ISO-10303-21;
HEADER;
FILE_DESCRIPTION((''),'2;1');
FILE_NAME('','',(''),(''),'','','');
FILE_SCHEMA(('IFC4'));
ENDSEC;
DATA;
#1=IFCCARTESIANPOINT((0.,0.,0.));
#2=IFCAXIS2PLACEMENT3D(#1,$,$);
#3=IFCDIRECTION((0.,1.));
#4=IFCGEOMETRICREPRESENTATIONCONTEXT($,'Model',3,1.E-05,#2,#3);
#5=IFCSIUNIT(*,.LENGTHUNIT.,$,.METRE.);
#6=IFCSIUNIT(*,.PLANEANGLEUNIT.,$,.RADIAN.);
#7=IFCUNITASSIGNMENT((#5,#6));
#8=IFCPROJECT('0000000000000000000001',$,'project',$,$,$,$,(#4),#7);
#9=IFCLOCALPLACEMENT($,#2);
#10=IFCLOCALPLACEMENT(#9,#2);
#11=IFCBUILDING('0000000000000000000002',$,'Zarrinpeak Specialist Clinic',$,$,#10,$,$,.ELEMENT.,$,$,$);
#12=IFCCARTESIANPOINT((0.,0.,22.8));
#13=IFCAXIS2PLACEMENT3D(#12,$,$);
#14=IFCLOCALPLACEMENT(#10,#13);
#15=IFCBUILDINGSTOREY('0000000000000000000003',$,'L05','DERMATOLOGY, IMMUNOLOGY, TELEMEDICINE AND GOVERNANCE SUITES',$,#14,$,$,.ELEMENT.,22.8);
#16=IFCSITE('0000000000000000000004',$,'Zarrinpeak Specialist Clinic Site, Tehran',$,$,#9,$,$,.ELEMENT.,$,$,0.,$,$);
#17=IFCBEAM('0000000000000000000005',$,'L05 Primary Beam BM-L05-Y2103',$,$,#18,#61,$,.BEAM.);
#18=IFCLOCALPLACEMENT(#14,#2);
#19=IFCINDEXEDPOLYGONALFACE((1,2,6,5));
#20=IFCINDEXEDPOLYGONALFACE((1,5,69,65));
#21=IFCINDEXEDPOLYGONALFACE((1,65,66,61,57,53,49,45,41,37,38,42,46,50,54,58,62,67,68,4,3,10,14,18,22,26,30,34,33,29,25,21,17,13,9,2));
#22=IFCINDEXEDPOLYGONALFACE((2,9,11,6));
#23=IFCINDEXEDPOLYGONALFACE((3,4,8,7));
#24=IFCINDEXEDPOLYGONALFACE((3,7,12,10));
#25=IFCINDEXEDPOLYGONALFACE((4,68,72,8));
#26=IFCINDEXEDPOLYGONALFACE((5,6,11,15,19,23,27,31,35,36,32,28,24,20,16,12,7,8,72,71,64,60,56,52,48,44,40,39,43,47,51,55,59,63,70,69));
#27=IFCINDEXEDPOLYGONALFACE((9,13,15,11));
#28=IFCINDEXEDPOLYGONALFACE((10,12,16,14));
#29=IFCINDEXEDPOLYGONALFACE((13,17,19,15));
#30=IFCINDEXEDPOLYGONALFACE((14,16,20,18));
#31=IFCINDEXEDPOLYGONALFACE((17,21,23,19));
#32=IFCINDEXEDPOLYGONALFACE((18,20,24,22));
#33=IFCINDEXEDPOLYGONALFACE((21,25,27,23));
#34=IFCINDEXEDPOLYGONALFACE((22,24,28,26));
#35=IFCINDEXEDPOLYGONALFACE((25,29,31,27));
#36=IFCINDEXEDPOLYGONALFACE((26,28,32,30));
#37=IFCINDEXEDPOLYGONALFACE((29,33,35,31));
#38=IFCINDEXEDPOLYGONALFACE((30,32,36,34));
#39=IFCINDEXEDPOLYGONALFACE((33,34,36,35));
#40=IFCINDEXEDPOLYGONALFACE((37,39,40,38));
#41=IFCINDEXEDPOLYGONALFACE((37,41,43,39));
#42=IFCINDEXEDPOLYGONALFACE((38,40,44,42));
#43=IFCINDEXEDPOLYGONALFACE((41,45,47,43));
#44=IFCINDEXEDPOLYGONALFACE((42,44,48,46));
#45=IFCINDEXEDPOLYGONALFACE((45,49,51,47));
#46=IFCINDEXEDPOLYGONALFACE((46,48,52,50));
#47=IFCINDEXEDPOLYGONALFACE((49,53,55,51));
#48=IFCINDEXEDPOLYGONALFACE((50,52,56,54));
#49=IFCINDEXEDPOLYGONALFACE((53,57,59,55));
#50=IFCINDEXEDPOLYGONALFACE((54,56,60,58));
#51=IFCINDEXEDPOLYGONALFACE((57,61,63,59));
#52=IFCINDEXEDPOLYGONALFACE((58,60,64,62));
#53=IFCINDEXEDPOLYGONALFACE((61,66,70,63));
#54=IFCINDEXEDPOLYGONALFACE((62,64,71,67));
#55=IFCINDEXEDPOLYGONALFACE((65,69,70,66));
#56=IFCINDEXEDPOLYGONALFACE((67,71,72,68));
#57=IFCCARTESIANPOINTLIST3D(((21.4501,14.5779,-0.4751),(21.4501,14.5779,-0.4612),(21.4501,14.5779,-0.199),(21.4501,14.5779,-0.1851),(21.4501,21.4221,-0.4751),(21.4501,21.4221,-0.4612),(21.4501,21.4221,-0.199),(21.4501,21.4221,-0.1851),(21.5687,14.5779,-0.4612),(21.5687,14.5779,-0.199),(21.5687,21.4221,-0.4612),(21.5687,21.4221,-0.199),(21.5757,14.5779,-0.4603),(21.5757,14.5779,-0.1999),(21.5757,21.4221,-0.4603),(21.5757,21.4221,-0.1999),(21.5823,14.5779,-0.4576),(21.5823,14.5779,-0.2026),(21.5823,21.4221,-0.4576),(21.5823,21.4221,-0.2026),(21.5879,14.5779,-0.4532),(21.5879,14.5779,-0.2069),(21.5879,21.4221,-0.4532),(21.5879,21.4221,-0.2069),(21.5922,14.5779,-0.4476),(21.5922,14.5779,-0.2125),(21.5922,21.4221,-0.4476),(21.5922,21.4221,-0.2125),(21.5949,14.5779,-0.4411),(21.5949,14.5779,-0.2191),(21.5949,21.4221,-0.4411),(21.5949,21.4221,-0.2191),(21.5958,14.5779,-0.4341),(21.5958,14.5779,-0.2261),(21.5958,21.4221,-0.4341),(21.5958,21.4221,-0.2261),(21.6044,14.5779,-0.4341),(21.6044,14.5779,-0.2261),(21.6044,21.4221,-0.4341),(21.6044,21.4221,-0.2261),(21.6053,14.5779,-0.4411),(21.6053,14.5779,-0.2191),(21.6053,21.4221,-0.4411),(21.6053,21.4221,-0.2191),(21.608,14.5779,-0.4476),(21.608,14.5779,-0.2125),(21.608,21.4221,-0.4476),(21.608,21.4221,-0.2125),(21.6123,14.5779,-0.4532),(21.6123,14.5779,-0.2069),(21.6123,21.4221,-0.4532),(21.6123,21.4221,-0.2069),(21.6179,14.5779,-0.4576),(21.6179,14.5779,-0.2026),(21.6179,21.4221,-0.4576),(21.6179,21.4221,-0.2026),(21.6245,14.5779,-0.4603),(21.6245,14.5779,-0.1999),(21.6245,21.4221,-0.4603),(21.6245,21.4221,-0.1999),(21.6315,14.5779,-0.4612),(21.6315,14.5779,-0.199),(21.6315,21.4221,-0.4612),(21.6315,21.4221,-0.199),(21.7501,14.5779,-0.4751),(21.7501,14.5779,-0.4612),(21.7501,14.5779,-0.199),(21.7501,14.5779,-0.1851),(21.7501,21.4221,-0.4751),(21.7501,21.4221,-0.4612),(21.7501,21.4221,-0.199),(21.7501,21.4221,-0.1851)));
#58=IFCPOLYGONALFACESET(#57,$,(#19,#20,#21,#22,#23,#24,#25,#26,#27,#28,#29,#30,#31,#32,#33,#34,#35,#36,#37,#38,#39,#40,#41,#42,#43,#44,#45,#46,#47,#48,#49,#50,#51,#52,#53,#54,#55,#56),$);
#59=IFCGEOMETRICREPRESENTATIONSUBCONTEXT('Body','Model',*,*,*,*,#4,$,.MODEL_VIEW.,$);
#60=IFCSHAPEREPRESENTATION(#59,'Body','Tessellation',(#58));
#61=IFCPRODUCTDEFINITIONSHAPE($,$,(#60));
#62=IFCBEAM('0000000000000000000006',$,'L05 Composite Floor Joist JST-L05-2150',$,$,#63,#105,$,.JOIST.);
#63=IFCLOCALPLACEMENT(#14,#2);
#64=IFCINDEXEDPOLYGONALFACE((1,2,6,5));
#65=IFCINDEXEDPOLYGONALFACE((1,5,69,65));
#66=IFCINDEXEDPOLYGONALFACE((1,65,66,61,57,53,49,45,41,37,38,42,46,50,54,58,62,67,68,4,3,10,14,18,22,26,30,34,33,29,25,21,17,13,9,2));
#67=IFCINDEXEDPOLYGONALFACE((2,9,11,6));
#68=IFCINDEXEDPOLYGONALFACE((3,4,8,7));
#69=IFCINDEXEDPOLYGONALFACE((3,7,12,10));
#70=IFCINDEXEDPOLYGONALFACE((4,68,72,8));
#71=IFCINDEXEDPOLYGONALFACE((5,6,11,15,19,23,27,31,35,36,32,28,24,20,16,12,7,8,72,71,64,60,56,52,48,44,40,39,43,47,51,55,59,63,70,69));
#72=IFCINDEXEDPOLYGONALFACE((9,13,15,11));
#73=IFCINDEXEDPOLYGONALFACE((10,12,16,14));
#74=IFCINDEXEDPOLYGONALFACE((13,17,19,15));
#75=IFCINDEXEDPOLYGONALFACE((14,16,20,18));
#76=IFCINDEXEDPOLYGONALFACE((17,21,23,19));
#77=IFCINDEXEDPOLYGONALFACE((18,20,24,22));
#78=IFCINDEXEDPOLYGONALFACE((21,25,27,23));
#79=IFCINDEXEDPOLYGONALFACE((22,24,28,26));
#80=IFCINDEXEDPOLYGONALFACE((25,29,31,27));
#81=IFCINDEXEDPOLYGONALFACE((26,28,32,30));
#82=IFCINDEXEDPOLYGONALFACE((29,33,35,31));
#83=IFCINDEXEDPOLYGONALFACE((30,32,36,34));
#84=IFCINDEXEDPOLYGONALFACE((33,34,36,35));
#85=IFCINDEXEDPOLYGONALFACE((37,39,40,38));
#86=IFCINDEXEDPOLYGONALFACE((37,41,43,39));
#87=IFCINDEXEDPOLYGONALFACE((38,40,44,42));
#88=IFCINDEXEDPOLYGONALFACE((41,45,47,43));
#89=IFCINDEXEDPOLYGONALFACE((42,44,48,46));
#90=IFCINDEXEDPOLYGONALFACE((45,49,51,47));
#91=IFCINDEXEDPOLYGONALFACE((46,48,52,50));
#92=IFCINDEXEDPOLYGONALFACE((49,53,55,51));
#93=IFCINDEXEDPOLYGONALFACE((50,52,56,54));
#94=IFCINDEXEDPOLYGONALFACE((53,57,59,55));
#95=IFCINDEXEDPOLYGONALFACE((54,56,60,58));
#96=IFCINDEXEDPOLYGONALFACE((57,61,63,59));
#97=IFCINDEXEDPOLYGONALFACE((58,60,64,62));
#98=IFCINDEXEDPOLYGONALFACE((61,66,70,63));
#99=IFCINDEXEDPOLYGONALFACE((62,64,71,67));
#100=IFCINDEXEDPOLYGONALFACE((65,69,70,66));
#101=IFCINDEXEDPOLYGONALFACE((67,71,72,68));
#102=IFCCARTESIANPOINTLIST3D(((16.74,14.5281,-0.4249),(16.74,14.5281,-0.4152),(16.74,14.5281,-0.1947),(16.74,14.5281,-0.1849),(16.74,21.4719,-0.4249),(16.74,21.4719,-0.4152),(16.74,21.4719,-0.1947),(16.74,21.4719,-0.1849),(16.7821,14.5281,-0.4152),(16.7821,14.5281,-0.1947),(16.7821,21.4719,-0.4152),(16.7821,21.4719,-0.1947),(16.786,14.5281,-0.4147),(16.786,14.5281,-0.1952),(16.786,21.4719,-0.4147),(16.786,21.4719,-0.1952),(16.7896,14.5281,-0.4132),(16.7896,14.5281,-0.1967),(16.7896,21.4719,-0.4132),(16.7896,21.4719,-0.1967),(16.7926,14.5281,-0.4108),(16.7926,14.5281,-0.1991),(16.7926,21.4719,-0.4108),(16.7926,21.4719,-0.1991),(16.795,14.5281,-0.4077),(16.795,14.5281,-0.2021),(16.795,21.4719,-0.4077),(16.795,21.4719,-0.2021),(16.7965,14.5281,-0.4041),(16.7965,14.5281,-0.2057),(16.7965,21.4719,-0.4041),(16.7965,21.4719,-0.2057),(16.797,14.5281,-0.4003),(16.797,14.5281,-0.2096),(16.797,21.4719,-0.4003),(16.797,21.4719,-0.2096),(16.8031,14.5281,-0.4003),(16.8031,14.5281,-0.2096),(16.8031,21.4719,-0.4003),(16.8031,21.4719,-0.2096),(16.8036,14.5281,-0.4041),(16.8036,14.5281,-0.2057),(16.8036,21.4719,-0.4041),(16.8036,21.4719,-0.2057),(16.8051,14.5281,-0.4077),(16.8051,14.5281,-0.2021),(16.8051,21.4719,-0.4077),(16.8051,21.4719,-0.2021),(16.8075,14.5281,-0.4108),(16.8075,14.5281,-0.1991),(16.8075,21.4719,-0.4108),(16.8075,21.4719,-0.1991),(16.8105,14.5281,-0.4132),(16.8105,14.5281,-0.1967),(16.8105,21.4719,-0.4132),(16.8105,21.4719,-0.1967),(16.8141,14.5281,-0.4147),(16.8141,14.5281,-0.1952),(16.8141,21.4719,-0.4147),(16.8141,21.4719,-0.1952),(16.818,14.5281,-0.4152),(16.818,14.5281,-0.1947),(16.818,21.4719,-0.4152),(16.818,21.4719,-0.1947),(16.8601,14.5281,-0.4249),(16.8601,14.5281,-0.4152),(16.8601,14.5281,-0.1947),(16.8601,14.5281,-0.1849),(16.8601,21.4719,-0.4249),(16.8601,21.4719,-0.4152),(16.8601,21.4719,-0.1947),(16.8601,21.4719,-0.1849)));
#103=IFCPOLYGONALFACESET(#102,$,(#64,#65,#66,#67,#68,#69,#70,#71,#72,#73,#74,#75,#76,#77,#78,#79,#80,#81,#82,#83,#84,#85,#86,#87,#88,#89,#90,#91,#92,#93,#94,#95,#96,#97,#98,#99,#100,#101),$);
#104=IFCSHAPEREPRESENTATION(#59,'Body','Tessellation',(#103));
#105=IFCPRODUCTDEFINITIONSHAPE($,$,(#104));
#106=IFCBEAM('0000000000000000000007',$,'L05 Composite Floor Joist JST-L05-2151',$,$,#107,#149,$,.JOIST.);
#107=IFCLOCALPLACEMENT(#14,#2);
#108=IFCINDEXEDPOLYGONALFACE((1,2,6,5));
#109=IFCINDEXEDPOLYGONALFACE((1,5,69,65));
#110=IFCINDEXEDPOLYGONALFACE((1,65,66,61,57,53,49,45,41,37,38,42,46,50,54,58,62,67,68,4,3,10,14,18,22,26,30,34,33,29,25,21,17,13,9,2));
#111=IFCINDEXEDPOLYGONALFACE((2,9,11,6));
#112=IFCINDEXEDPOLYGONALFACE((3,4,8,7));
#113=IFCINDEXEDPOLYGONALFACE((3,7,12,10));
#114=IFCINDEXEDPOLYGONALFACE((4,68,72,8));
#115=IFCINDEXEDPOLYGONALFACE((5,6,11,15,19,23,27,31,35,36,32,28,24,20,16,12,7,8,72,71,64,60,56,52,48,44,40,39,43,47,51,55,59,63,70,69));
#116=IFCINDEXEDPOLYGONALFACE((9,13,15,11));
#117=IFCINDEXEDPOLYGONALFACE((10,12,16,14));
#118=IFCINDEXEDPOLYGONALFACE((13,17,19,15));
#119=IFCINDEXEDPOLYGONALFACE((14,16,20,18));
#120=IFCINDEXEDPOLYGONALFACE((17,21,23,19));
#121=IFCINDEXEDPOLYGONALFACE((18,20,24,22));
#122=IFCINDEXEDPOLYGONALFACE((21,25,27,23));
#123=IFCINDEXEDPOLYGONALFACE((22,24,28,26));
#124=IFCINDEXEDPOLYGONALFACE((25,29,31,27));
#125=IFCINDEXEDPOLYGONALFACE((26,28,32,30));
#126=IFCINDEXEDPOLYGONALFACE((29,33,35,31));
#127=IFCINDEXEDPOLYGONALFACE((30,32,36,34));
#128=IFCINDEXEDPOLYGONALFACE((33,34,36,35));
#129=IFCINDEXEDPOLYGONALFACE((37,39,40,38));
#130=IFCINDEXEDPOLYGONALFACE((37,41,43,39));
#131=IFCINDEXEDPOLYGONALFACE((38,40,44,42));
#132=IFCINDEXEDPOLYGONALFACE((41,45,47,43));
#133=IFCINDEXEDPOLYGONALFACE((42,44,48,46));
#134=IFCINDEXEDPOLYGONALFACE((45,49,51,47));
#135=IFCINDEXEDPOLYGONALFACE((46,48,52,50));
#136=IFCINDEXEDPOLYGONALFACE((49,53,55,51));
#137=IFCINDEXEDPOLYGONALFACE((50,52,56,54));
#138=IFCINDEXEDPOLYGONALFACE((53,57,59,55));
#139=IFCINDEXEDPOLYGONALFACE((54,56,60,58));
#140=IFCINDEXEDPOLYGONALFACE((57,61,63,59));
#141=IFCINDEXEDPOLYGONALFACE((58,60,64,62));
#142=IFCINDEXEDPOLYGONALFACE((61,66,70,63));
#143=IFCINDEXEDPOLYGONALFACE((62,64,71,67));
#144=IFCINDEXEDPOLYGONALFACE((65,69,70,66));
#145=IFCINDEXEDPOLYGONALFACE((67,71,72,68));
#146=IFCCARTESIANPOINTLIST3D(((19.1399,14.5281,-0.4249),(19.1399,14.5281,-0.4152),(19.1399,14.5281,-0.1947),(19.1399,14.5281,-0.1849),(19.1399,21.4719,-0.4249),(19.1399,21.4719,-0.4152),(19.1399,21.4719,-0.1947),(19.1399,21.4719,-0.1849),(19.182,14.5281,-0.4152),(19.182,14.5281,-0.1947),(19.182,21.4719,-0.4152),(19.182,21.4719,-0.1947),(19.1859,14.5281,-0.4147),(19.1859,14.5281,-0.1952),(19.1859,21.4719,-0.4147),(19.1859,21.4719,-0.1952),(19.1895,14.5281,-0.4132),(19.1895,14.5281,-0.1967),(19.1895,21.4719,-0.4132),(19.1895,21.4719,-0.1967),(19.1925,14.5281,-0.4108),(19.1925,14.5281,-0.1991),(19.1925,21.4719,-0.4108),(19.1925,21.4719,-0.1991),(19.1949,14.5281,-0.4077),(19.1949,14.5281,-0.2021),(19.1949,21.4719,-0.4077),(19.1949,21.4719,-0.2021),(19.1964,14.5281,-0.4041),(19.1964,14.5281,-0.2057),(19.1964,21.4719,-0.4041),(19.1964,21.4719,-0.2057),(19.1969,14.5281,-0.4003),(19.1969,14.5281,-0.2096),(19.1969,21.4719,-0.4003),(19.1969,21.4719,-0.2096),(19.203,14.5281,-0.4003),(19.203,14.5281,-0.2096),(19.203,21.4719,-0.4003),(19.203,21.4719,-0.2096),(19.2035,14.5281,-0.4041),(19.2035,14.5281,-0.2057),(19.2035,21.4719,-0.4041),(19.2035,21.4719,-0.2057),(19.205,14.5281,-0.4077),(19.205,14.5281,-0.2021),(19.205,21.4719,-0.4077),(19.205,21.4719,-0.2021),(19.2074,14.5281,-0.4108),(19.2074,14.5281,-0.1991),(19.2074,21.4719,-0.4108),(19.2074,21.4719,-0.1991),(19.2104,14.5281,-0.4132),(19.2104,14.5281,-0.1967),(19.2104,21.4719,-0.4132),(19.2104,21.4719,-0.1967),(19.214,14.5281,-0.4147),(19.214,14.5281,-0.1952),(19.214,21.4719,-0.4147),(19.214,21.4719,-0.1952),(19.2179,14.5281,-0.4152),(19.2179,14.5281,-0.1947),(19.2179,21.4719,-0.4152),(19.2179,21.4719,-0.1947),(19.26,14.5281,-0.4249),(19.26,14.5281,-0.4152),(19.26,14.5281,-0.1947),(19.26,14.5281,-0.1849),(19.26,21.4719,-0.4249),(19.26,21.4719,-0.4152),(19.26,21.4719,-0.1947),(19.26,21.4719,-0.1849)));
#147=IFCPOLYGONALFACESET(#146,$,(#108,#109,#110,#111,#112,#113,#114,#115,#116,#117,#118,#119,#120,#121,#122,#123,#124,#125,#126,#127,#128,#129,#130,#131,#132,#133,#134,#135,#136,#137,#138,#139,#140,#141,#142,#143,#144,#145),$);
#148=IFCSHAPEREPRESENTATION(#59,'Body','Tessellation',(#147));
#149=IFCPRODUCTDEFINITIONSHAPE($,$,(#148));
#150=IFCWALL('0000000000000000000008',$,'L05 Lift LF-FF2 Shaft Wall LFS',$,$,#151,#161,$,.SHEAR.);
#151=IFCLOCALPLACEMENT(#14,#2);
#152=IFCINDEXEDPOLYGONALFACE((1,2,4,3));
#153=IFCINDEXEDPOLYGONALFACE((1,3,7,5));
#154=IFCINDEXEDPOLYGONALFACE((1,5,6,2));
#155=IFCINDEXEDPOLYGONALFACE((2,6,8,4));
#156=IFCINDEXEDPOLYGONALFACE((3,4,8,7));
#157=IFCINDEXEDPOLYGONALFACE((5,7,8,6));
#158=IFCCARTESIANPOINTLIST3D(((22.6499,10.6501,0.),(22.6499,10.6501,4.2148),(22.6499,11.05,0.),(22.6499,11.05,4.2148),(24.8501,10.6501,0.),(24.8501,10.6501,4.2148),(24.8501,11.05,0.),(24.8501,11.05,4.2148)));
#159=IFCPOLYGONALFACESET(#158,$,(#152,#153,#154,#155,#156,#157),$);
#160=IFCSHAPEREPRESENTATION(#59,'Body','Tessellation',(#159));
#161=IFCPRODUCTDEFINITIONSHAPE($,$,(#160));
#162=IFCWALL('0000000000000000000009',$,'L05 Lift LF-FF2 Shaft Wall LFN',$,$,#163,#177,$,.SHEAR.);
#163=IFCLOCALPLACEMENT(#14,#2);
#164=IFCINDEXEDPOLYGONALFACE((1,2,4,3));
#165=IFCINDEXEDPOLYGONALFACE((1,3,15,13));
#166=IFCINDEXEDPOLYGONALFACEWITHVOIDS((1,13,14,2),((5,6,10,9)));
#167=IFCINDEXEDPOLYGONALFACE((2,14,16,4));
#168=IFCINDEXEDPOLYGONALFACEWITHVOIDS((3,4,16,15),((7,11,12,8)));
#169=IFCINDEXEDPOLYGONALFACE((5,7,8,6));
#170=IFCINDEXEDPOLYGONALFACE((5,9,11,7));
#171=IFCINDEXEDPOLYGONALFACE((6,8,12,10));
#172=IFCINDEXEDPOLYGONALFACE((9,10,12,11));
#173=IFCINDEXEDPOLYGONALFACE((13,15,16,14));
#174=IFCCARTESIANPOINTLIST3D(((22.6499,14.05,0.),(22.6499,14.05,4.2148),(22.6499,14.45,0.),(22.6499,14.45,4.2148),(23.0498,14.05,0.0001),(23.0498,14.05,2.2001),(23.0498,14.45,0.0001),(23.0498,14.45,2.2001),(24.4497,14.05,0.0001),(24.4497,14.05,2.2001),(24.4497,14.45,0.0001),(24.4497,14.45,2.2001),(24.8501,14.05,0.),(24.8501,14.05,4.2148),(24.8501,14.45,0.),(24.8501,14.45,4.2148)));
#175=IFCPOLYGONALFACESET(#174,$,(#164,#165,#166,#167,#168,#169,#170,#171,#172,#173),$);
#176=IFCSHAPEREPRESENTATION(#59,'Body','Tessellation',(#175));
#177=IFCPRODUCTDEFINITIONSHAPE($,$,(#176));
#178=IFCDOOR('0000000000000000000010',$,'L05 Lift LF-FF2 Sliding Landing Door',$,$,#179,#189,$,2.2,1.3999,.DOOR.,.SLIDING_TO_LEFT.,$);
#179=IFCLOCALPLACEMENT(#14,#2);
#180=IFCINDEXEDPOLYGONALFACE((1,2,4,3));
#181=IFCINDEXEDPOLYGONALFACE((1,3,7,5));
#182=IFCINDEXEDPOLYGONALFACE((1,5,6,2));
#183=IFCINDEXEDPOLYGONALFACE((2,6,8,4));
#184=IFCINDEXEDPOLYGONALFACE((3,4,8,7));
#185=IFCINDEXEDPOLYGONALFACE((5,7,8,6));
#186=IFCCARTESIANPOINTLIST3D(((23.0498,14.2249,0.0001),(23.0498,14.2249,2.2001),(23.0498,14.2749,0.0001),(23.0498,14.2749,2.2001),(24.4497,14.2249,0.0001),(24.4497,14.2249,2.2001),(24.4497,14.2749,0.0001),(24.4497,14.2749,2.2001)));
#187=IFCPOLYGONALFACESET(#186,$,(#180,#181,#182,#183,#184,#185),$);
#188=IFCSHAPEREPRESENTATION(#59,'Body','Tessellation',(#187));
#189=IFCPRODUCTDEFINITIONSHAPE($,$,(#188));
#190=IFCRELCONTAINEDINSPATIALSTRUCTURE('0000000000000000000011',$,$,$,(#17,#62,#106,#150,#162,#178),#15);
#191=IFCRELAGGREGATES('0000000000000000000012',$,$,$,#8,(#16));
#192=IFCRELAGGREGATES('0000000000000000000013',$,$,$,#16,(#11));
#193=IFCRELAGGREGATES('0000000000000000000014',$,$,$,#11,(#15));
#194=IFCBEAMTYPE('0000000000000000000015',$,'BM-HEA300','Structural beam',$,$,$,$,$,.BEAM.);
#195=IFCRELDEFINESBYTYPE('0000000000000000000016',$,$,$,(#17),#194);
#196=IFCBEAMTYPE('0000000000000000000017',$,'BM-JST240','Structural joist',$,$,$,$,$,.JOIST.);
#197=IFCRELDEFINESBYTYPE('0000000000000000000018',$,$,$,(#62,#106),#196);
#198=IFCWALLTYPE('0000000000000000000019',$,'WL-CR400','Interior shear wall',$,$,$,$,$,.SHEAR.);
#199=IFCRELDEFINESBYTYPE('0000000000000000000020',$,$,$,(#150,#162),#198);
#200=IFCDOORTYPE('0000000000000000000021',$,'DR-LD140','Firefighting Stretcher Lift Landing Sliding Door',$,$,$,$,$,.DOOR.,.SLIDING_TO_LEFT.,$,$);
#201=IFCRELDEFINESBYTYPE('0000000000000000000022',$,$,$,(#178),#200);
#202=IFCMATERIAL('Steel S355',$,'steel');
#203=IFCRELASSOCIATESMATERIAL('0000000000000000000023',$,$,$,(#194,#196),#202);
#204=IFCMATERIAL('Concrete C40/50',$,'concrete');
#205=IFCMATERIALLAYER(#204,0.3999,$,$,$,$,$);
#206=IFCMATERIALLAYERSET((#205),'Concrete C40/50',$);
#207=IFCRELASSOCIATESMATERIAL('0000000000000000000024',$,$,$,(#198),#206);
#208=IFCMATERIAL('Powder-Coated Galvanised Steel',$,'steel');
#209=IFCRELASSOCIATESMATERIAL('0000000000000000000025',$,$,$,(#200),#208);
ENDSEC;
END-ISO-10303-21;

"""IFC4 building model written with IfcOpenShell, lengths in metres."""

from ifc_helpers import new_model, si_unit, direction, frame, frame_2d, origin, origin_2d, place, context, subcontext, project, spatial, rectangle, i_section, extrude, material, layer, layer_set, material_profile, profile_set, type_object, element, fill, save


model = new_model("IFC4")

# Units and contexts
model_context = context("Model", 3, precision=1e-05, world=origin(), true_north=direction((0.0, 1.0)))
body_context = subcontext(model_context, "Body", "Model", "MODEL_VIEW")
ifc_project = project(units=[si_unit("LENGTHUNIT", "METRE"), si_unit("PLANEANGLEUNIT", "RADIAN")], contexts=[model_context])

# Site, building, storey
site_placement = place(None, origin())
site = spatial("IfcSite", under=ifc_project, at=site_placement, Name="Zarrinpeak Specialist Clinic Site, Tehran", CompositionType="ELEMENT", RefElevation=0.0)
building_placement = place(site_placement, origin())
building = spatial("IfcBuilding", under=site, at=building_placement, Name="Zarrinpeak Specialist Clinic", CompositionType="ELEMENT")
storey_placement = place(building_placement, frame((0.0, 0.0, 22.8)))
storey = spatial("IfcBuildingStorey", under=building, at=storey_placement, Name="L05", Description="DERMATOLOGY, IMMUNOLOGY, TELEMEDICINE AND GOVERNANCE SUITES", CompositionType="ELEMENT", Elevation=22.8)

# Shared definitions
ifc_material_1 = material(Name="Steel S355", Category="steel")

# Beams
ifc_material_profile_1 = material_profile(ifc_material_1, i_section(OverallWidth=0.3, OverallDepth=0.29, WebThickness=0.0085, FlangeThickness=0.0139, FilletRadius=0.0271, at=origin_2d()), Name="HEA 300")
ifc_profile_set_1 = profile_set([ifc_material_profile_1], Name="Steel S355")
beam_type_1 = type_object("IfcBeamType", Name="BM-HEA300", Description="Structural beam", PredefinedType="BEAM", material=ifc_profile_set_1)
beam_placement = place(storey_placement, frame((21.6001, 14.5779, -0.3301), z_axis=(0.0, 1.0, 0.0), x_axis=(-1.0, 0.0, 0.0)))
element("IfcBeam", 1, at=beam_placement, inside=storey, type_object=beam_type_1, Name="L05 Primary Beam BM-L05-Y2103", PredefinedType="BEAM", context=body_context, shape_type="SweptSolid", body=[
    extrude(i_section(OverallWidth=0.3, OverallDepth=0.29, WebThickness=0.0085, FlangeThickness=0.0139, FilletRadius=0.0271, at=origin_2d()), origin(), (0.0, 0.0, 1.0), 6.8442),
])
ifc_material_profile_2 = material_profile(ifc_material_1, i_section(OverallWidth=0.1201, OverallDepth=0.24, WebThickness=0.0061, FlangeThickness=0.0098, FilletRadius=0.0149, at=origin_2d()), Name="IPE 240")
ifc_profile_set_2 = profile_set([ifc_material_profile_2], Name="Steel S355")
beam_type_2 = type_object("IfcBeamType", Name="BM-JST240", Description="Structural joist", PredefinedType="JOIST", material=ifc_profile_set_2)
for number, where, z_axis, x_axis, name in (
    (2, (16.8, 14.5281, -0.3049), (0.0, 1.0, 0.0), (-1.0, 0.0, 0.0), "L05 Composite Floor Joist JST-L05-2150"),
    (3, (19.2, 14.5281, -0.3049), (0.0, 1.0, 0.0), (-1.0, 0.0, 0.0), "L05 Composite Floor Joist JST-L05-2151"),
):
    element("IfcBeam", number, at=place(storey_placement, frame(where, z_axis=z_axis, x_axis=x_axis)), inside=storey, type_object=beam_type_2, Name=name, PredefinedType="JOIST", context=body_context, shape_type="SweptSolid", body=[
        extrude(i_section(OverallWidth=0.1201, OverallDepth=0.24, WebThickness=0.0061, FlangeThickness=0.0098, FilletRadius=0.0149, at=origin_2d()), origin(), (0.0, 0.0, 1.0), 6.9438),
    ])

# Shared definitions
ifc_material_2 = material(Name="Concrete C40/50", Category="concrete")
ifc_layer_1 = layer(ifc_material_2, 0.3999)
ifc_layer_set_1 = layer_set([ifc_layer_1], Name="Concrete C40/50")
wall_type_1 = type_object("IfcWallType", Name="WL-CR400", Description="Interior shear wall", PredefinedType="SHEAR", material=ifc_layer_set_1)
ifc_material_3 = material(Name="Powder-Coated Galvanised Steel", Category="steel")

# Wall
wall_1_placement = place(storey_placement, frame((22.6499, 10.8501, 0.0), z_axis=(0.0, 0.0, 1.0), x_axis=(1.0, 0.0, 0.0)))
element("IfcWall", 4, at=wall_1_placement, inside=storey, type_object=wall_type_1, Name="L05 Lift LF-FF2 Shaft Wall LFS", PredefinedType="SHEAR", context=body_context, shape_type="SweptSolid", body=[
    extrude(rectangle(XDim=2.2002, YDim=0.3999, at=frame_2d((1.1001, 0.0))), origin(), (0.0, 0.0, 1.0), 4.2148),
])

# Wall, opening, door
wall_2_placement = place(storey_placement, frame((22.6499, 14.25, 0.0), z_axis=(0.0, 0.0, 1.0), x_axis=(1.0, 0.0, 0.0)))
wall_2 = element("IfcWall", 5, at=wall_2_placement, inside=storey, type_object=wall_type_1, Name="L05 Lift LF-FF2 Shaft Wall LFN", PredefinedType="SHEAR", context=body_context, shape_type="SweptSolid", body=[
    extrude(rectangle(XDim=2.2002, YDim=0.3999, at=frame_2d((1.1001, 0.0))), origin(), (0.0, 0.0, 1.0), 4.2148),
])
opening_1_placement = place(wall_2_placement, frame((0.3999, 0.0, 0.0)))
opening_1 = element("IfcOpeningElement", 6, at=opening_1_placement, cuts=wall_2, PredefinedType="OPENING", context=body_context, shape_type="SweptSolid", body=[
    extrude(rectangle(XDim=1.3999, YDim=2.2, at=frame_2d((0.7, 1.1001))), frame((0.0, 0.21, 0.0), z_axis=(0.0, -1.0, 0.0), x_axis=(1.0, 0.0, 0.0)), (0.0, 0.0, 1.0), 0.4199),
])
door_type_1 = type_object("IfcDoorType", Name="DR-LD140", Description="Firefighting Stretcher Lift Landing Sliding Door", OperationType="SLIDING_TO_LEFT", PredefinedType="DOOR", material=ifc_material_3)
door_1_placement = place(opening_1_placement, origin())
door_1 = element("IfcDoor", 7, at=door_1_placement, inside=storey, type_object=door_type_1, Name="L05 Lift LF-FF2 Sliding Landing Door", OperationType="SLIDING_TO_LEFT", OverallHeight=2.2, OverallWidth=1.3999, PredefinedType="DOOR", context=body_context, shape_type="SweptSolid", body=[
    extrude(rectangle(XDim=1.3999, YDim=2.2, at=frame_2d((0.7, 1.1001))), frame((0.0, 0.0249, 0.0), z_axis=(0.0, -1.0, 0.0), x_axis=(1.0, 0.0, 0.0)), (0.0, 0.0, 1.0), 0.05),
])
fill(opening_1, door_1)

save(model, "model.ifc")
